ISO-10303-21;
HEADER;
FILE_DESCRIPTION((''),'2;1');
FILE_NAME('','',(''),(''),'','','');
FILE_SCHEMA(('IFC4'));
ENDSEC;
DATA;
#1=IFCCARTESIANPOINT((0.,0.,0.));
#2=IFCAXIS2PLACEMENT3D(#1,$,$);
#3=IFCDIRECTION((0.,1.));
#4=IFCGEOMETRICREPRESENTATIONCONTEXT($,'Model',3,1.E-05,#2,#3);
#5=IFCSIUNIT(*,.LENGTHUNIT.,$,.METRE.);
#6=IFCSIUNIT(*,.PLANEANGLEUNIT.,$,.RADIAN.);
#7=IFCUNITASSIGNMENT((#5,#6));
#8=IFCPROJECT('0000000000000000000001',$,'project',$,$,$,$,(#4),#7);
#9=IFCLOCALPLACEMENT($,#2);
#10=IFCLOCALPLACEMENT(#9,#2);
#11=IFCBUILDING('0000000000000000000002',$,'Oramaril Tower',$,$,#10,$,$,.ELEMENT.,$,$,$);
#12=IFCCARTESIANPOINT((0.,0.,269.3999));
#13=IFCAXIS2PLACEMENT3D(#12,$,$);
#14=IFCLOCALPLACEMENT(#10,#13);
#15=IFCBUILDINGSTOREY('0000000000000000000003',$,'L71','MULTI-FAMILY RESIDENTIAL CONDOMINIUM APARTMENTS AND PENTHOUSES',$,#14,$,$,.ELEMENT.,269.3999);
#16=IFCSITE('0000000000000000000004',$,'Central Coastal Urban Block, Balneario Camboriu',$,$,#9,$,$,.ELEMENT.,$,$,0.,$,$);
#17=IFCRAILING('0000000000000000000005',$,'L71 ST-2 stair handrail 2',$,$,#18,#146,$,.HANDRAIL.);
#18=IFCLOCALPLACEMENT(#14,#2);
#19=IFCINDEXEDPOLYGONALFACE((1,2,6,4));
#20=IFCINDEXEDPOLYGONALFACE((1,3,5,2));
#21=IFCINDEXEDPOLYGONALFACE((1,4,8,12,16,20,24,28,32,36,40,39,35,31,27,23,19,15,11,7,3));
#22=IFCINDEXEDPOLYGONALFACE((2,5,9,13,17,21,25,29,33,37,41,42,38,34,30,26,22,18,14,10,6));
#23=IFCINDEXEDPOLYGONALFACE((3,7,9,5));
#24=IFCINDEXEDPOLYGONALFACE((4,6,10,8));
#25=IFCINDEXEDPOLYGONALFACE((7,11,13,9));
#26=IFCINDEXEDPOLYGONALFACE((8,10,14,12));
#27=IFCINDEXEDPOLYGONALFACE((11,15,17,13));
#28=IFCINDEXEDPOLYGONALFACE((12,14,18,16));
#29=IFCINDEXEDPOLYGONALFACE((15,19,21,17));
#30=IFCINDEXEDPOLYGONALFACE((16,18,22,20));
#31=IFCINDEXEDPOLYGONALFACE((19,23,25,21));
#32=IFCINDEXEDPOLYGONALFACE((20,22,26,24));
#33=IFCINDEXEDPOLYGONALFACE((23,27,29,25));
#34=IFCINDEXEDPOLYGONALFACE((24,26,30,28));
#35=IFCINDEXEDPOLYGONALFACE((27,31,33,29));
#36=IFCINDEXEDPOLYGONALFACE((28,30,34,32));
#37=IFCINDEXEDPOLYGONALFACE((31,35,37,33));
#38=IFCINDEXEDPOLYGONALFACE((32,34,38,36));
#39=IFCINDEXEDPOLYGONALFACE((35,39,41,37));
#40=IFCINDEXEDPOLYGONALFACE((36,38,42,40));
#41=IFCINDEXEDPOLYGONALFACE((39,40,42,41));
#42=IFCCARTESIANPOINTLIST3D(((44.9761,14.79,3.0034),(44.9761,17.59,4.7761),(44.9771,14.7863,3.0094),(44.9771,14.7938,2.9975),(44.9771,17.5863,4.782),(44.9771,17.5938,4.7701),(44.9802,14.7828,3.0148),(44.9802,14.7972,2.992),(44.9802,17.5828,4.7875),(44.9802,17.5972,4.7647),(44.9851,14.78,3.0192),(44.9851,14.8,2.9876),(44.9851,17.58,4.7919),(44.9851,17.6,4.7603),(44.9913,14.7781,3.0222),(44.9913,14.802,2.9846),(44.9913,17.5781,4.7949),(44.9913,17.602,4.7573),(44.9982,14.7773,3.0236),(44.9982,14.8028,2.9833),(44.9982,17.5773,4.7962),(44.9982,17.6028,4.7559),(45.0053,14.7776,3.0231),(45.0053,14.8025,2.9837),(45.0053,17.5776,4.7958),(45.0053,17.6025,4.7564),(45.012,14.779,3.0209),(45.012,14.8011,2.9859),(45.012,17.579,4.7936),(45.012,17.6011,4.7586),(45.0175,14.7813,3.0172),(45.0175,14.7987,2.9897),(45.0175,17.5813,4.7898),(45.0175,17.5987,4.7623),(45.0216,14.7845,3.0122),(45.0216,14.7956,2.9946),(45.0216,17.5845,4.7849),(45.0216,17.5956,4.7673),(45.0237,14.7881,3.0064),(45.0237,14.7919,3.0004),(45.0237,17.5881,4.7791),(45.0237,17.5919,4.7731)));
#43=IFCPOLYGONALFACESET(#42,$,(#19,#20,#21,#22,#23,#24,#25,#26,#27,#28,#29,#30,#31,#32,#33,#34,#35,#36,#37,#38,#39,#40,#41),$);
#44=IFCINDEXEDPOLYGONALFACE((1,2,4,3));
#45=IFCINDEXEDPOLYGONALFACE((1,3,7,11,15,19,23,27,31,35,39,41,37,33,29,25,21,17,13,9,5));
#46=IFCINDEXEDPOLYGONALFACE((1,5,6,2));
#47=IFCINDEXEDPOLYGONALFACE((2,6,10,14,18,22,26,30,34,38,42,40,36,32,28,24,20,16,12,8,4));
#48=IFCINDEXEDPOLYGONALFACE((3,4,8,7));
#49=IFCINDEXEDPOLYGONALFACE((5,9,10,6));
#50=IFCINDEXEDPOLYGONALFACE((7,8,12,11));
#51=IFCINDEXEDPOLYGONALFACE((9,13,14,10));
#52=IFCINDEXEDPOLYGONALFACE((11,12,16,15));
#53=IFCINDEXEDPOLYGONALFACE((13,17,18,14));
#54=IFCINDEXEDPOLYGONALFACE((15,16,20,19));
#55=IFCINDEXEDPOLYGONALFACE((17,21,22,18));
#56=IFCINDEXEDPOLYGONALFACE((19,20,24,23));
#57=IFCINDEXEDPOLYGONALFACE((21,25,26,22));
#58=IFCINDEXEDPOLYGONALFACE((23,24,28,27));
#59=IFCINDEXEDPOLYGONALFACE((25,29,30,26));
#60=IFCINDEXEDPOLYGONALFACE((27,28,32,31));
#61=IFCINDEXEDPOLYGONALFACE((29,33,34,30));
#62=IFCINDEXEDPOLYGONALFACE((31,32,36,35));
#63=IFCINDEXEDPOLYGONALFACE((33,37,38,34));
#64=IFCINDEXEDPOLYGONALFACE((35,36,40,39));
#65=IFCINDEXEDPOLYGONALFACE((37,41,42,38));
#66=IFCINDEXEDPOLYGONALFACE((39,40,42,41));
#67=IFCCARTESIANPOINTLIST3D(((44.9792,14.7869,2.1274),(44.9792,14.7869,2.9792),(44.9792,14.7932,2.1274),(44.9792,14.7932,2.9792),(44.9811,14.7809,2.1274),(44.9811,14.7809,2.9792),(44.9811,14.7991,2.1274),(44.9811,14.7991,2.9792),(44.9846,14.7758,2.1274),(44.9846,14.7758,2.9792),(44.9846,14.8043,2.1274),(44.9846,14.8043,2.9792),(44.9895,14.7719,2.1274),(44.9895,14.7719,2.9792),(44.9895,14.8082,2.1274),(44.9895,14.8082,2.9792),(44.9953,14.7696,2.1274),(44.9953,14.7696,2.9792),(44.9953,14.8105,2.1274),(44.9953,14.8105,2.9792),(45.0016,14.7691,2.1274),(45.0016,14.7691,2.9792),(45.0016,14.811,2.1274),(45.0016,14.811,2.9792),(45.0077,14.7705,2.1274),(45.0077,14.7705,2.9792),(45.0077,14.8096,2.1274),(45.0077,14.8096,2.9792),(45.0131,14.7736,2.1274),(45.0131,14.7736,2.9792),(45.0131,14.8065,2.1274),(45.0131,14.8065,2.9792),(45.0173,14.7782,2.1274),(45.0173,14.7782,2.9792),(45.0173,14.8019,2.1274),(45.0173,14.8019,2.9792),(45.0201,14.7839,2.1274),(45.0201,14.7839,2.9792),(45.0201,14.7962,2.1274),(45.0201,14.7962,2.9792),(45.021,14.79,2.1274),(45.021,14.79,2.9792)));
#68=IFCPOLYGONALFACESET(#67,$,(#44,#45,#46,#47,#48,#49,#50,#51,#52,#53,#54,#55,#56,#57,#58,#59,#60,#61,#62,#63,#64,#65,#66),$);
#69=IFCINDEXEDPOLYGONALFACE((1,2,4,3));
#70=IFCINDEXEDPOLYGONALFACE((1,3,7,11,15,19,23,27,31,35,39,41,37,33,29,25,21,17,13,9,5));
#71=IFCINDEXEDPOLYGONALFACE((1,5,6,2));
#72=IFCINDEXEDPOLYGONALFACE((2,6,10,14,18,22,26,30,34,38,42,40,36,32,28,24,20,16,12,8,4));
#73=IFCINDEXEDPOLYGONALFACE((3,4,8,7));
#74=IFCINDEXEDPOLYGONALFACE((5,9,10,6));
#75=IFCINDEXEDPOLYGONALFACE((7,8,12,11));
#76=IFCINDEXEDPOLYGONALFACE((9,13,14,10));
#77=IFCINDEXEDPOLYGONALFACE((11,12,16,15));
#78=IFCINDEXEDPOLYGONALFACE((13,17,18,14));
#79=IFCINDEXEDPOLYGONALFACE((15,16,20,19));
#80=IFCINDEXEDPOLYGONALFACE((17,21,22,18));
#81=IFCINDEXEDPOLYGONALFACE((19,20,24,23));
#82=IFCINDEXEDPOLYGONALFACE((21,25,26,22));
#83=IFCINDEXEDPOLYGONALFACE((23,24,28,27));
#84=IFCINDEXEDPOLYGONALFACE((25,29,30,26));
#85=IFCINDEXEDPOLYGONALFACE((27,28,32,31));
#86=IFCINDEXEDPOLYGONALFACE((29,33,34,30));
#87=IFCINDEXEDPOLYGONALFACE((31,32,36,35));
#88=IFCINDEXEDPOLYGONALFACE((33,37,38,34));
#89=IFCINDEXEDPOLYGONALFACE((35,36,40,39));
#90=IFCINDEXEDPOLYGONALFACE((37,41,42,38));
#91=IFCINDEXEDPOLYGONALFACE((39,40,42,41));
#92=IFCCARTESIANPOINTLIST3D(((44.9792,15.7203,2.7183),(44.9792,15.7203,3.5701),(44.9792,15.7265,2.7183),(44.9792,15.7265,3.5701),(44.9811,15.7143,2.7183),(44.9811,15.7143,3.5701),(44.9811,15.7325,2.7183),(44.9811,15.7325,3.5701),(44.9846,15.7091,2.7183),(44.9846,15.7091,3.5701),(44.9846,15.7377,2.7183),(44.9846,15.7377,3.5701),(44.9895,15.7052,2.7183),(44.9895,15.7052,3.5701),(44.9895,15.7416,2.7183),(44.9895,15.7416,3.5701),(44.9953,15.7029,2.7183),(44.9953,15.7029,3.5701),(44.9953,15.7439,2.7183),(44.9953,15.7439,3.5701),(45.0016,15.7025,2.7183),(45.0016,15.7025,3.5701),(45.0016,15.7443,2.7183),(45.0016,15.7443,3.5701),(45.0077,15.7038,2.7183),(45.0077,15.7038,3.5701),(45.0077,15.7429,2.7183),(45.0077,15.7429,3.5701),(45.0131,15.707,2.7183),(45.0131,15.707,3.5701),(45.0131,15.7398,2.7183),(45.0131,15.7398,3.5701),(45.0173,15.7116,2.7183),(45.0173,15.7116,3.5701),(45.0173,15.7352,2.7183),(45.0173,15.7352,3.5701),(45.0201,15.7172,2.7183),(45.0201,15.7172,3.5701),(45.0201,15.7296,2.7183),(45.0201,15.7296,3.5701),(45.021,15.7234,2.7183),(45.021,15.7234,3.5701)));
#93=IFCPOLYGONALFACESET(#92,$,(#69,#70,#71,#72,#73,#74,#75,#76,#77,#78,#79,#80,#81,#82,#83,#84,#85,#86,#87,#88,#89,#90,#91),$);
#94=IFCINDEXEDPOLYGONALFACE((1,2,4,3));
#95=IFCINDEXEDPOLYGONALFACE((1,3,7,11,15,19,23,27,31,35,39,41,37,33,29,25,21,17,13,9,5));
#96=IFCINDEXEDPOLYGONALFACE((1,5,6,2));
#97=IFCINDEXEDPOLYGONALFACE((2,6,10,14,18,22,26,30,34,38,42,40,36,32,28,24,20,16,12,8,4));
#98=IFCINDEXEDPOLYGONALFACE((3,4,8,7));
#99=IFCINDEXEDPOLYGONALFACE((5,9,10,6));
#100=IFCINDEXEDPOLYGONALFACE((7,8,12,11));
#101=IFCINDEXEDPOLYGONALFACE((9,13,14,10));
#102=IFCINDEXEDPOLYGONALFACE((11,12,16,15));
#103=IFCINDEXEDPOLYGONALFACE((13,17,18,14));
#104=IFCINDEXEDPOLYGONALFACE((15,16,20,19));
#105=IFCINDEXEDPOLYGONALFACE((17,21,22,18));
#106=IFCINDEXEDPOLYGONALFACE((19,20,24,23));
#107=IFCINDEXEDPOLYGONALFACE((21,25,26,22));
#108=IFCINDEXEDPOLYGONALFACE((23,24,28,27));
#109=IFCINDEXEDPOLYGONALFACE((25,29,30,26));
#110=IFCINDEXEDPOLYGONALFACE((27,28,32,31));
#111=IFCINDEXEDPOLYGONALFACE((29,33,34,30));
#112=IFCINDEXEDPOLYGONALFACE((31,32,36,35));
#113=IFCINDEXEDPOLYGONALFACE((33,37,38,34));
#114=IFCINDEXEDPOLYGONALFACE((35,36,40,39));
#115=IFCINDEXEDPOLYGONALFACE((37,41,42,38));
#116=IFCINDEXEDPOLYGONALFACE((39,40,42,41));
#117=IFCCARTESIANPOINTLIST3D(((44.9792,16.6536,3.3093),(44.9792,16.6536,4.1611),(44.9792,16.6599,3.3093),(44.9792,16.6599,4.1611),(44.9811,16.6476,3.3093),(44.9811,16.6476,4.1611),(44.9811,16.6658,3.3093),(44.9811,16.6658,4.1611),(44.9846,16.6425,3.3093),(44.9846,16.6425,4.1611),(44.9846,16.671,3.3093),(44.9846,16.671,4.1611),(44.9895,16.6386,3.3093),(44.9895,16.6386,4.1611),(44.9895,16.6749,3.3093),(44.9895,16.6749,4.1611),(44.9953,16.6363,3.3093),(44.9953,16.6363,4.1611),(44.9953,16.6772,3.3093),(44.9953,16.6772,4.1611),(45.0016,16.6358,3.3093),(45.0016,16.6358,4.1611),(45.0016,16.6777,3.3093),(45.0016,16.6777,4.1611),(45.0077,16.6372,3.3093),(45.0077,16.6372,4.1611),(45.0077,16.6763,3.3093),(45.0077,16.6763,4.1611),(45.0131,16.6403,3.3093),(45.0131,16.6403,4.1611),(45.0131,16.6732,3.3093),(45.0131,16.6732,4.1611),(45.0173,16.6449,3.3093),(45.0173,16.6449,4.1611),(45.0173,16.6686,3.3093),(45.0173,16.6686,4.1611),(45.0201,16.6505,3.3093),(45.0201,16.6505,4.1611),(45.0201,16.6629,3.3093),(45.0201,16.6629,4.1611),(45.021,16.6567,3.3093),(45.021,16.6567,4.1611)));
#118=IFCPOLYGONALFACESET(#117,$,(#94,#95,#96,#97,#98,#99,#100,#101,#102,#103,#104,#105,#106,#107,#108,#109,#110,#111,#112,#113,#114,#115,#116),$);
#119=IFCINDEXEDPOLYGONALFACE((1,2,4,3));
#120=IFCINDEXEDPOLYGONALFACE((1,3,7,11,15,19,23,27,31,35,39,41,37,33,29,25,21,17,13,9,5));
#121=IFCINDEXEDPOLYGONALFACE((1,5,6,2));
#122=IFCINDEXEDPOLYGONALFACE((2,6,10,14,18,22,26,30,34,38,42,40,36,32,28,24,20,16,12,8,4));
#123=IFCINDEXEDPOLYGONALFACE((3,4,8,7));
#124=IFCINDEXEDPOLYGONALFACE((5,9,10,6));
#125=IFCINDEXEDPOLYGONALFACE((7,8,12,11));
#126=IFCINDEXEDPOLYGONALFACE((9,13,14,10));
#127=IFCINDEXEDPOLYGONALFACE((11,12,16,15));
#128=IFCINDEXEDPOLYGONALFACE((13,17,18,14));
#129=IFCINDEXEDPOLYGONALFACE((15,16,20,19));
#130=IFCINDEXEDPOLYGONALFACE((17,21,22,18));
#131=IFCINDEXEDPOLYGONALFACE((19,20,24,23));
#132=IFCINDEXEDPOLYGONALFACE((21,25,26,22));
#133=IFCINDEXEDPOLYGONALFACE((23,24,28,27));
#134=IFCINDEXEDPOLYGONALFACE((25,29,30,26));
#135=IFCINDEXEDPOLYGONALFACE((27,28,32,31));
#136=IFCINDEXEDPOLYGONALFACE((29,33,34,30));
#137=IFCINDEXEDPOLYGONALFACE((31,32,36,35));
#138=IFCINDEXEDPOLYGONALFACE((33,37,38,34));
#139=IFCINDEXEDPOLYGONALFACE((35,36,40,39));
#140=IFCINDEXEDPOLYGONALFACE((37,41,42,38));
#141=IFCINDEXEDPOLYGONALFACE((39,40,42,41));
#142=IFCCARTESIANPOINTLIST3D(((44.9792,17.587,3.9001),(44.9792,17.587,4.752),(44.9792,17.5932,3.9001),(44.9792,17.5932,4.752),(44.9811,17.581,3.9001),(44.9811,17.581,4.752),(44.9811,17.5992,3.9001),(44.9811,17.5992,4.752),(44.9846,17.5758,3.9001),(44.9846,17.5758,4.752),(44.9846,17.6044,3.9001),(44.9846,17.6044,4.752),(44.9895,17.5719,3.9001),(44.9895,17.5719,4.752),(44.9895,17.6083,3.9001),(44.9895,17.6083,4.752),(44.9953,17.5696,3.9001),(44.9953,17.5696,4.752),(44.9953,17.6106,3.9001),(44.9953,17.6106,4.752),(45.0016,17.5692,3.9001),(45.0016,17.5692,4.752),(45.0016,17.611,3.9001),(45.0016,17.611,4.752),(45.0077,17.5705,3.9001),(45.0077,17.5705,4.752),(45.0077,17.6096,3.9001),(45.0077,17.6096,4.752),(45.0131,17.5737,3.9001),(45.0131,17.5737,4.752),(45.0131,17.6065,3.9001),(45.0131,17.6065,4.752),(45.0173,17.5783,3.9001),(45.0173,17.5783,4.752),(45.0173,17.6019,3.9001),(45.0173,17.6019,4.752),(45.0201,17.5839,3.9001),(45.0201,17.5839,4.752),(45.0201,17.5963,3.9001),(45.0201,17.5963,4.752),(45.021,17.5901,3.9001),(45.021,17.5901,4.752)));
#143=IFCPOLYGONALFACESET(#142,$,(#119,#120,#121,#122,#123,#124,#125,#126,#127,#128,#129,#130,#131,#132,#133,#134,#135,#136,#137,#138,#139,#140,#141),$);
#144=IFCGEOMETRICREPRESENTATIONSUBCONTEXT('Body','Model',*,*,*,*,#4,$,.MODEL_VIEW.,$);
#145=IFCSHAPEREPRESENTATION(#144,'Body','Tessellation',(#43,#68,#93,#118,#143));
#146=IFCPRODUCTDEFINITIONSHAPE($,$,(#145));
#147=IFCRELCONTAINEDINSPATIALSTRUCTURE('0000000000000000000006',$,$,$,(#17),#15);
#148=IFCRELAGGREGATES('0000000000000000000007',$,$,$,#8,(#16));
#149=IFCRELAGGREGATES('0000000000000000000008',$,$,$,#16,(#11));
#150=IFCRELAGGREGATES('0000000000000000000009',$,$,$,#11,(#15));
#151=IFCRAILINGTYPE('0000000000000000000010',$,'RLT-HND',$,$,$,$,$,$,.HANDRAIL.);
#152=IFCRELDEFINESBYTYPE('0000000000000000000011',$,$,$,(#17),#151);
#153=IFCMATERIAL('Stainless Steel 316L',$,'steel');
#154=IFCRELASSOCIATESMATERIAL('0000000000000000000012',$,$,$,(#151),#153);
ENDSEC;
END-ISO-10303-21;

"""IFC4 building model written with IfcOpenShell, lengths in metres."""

from ifc_helpers import new_model, si_unit, direction, frame, origin, origin_2d, place, context, subcontext, project, spatial, circle, extrude, material, type_object, element, save


model = new_model("IFC4")

# Units and contexts
model_context = context("Model", 3, precision=1e-05, world=origin(), true_north=direction((0.0, 1.0)))
body_context = subcontext(model_context, "Body", "Model", "MODEL_VIEW")
ifc_project = project(units=[si_unit("LENGTHUNIT", "METRE"), si_unit("PLANEANGLEUNIT", "RADIAN")], contexts=[model_context])

# Site, building, storey
site_placement = place(None, origin())
site = spatial("IfcSite", under=ifc_project, at=site_placement, Name="Central Coastal Urban Block, Balneario Camboriu", CompositionType="ELEMENT", RefElevation=0.0)
building_placement = place(site_placement, origin())
building = spatial("IfcBuilding", under=site, at=building_placement, Name="Oramaril Tower", CompositionType="ELEMENT")
storey_placement = place(building_placement, frame((0.0, 0.0, 269.3999)))
storey = spatial("IfcBuildingStorey", under=building, at=storey_placement, Name="L71", Description="MULTI-FAMILY RESIDENTIAL CONDOMINIUM APARTMENTS AND PENTHOUSES", CompositionType="ELEMENT", Elevation=269.3999)

# Railing
ifc_material_1 = material(Name="Stainless Steel 316L", Category="steel")
railing_type_1 = type_object("IfcRailingType", Name="RLT-HND", PredefinedType="HANDRAIL", material=ifc_material_1)
railing_1_placement = place(storey_placement, frame((45.0, 14.79, 2.1274)))
element("IfcRailing", 1, at=railing_1_placement, inside=storey, type_object=railing_type_1, Name="L71 ST-2 stair handrail 2", PredefinedType="HANDRAIL", context=body_context, shape_type="SweptSolid", body=[
    extrude(circle(Radius=0.0239, at=origin_2d()), frame((0.0, 0.0, 0.876), z_axis=(0.0, 0.844909, 0.53491), x_axis=(-1.0, 0.0, 0.0)), (0.0, 0.0, 1.0), 3.314),
    extrude(circle(Radius=0.021, at=origin_2d()), origin(), (0.0, 0.0, 1.0), 0.8518),
    extrude(circle(Radius=0.021, at=origin_2d()), frame((0.0, 0.9333, 0.5908)), (0.0, 0.0, 1.0), 0.8518),
    extrude(circle(Radius=0.021, at=origin_2d()), frame((0.0, 1.8667, 1.1819)), (0.0, 0.0, 1.0), 0.8518),
    extrude(circle(Radius=0.021, at=origin_2d()), frame((0.0, 2.8, 1.7727)), (0.0, 0.0, 1.0), 0.8518),
])

save(model, "model.ifc")
